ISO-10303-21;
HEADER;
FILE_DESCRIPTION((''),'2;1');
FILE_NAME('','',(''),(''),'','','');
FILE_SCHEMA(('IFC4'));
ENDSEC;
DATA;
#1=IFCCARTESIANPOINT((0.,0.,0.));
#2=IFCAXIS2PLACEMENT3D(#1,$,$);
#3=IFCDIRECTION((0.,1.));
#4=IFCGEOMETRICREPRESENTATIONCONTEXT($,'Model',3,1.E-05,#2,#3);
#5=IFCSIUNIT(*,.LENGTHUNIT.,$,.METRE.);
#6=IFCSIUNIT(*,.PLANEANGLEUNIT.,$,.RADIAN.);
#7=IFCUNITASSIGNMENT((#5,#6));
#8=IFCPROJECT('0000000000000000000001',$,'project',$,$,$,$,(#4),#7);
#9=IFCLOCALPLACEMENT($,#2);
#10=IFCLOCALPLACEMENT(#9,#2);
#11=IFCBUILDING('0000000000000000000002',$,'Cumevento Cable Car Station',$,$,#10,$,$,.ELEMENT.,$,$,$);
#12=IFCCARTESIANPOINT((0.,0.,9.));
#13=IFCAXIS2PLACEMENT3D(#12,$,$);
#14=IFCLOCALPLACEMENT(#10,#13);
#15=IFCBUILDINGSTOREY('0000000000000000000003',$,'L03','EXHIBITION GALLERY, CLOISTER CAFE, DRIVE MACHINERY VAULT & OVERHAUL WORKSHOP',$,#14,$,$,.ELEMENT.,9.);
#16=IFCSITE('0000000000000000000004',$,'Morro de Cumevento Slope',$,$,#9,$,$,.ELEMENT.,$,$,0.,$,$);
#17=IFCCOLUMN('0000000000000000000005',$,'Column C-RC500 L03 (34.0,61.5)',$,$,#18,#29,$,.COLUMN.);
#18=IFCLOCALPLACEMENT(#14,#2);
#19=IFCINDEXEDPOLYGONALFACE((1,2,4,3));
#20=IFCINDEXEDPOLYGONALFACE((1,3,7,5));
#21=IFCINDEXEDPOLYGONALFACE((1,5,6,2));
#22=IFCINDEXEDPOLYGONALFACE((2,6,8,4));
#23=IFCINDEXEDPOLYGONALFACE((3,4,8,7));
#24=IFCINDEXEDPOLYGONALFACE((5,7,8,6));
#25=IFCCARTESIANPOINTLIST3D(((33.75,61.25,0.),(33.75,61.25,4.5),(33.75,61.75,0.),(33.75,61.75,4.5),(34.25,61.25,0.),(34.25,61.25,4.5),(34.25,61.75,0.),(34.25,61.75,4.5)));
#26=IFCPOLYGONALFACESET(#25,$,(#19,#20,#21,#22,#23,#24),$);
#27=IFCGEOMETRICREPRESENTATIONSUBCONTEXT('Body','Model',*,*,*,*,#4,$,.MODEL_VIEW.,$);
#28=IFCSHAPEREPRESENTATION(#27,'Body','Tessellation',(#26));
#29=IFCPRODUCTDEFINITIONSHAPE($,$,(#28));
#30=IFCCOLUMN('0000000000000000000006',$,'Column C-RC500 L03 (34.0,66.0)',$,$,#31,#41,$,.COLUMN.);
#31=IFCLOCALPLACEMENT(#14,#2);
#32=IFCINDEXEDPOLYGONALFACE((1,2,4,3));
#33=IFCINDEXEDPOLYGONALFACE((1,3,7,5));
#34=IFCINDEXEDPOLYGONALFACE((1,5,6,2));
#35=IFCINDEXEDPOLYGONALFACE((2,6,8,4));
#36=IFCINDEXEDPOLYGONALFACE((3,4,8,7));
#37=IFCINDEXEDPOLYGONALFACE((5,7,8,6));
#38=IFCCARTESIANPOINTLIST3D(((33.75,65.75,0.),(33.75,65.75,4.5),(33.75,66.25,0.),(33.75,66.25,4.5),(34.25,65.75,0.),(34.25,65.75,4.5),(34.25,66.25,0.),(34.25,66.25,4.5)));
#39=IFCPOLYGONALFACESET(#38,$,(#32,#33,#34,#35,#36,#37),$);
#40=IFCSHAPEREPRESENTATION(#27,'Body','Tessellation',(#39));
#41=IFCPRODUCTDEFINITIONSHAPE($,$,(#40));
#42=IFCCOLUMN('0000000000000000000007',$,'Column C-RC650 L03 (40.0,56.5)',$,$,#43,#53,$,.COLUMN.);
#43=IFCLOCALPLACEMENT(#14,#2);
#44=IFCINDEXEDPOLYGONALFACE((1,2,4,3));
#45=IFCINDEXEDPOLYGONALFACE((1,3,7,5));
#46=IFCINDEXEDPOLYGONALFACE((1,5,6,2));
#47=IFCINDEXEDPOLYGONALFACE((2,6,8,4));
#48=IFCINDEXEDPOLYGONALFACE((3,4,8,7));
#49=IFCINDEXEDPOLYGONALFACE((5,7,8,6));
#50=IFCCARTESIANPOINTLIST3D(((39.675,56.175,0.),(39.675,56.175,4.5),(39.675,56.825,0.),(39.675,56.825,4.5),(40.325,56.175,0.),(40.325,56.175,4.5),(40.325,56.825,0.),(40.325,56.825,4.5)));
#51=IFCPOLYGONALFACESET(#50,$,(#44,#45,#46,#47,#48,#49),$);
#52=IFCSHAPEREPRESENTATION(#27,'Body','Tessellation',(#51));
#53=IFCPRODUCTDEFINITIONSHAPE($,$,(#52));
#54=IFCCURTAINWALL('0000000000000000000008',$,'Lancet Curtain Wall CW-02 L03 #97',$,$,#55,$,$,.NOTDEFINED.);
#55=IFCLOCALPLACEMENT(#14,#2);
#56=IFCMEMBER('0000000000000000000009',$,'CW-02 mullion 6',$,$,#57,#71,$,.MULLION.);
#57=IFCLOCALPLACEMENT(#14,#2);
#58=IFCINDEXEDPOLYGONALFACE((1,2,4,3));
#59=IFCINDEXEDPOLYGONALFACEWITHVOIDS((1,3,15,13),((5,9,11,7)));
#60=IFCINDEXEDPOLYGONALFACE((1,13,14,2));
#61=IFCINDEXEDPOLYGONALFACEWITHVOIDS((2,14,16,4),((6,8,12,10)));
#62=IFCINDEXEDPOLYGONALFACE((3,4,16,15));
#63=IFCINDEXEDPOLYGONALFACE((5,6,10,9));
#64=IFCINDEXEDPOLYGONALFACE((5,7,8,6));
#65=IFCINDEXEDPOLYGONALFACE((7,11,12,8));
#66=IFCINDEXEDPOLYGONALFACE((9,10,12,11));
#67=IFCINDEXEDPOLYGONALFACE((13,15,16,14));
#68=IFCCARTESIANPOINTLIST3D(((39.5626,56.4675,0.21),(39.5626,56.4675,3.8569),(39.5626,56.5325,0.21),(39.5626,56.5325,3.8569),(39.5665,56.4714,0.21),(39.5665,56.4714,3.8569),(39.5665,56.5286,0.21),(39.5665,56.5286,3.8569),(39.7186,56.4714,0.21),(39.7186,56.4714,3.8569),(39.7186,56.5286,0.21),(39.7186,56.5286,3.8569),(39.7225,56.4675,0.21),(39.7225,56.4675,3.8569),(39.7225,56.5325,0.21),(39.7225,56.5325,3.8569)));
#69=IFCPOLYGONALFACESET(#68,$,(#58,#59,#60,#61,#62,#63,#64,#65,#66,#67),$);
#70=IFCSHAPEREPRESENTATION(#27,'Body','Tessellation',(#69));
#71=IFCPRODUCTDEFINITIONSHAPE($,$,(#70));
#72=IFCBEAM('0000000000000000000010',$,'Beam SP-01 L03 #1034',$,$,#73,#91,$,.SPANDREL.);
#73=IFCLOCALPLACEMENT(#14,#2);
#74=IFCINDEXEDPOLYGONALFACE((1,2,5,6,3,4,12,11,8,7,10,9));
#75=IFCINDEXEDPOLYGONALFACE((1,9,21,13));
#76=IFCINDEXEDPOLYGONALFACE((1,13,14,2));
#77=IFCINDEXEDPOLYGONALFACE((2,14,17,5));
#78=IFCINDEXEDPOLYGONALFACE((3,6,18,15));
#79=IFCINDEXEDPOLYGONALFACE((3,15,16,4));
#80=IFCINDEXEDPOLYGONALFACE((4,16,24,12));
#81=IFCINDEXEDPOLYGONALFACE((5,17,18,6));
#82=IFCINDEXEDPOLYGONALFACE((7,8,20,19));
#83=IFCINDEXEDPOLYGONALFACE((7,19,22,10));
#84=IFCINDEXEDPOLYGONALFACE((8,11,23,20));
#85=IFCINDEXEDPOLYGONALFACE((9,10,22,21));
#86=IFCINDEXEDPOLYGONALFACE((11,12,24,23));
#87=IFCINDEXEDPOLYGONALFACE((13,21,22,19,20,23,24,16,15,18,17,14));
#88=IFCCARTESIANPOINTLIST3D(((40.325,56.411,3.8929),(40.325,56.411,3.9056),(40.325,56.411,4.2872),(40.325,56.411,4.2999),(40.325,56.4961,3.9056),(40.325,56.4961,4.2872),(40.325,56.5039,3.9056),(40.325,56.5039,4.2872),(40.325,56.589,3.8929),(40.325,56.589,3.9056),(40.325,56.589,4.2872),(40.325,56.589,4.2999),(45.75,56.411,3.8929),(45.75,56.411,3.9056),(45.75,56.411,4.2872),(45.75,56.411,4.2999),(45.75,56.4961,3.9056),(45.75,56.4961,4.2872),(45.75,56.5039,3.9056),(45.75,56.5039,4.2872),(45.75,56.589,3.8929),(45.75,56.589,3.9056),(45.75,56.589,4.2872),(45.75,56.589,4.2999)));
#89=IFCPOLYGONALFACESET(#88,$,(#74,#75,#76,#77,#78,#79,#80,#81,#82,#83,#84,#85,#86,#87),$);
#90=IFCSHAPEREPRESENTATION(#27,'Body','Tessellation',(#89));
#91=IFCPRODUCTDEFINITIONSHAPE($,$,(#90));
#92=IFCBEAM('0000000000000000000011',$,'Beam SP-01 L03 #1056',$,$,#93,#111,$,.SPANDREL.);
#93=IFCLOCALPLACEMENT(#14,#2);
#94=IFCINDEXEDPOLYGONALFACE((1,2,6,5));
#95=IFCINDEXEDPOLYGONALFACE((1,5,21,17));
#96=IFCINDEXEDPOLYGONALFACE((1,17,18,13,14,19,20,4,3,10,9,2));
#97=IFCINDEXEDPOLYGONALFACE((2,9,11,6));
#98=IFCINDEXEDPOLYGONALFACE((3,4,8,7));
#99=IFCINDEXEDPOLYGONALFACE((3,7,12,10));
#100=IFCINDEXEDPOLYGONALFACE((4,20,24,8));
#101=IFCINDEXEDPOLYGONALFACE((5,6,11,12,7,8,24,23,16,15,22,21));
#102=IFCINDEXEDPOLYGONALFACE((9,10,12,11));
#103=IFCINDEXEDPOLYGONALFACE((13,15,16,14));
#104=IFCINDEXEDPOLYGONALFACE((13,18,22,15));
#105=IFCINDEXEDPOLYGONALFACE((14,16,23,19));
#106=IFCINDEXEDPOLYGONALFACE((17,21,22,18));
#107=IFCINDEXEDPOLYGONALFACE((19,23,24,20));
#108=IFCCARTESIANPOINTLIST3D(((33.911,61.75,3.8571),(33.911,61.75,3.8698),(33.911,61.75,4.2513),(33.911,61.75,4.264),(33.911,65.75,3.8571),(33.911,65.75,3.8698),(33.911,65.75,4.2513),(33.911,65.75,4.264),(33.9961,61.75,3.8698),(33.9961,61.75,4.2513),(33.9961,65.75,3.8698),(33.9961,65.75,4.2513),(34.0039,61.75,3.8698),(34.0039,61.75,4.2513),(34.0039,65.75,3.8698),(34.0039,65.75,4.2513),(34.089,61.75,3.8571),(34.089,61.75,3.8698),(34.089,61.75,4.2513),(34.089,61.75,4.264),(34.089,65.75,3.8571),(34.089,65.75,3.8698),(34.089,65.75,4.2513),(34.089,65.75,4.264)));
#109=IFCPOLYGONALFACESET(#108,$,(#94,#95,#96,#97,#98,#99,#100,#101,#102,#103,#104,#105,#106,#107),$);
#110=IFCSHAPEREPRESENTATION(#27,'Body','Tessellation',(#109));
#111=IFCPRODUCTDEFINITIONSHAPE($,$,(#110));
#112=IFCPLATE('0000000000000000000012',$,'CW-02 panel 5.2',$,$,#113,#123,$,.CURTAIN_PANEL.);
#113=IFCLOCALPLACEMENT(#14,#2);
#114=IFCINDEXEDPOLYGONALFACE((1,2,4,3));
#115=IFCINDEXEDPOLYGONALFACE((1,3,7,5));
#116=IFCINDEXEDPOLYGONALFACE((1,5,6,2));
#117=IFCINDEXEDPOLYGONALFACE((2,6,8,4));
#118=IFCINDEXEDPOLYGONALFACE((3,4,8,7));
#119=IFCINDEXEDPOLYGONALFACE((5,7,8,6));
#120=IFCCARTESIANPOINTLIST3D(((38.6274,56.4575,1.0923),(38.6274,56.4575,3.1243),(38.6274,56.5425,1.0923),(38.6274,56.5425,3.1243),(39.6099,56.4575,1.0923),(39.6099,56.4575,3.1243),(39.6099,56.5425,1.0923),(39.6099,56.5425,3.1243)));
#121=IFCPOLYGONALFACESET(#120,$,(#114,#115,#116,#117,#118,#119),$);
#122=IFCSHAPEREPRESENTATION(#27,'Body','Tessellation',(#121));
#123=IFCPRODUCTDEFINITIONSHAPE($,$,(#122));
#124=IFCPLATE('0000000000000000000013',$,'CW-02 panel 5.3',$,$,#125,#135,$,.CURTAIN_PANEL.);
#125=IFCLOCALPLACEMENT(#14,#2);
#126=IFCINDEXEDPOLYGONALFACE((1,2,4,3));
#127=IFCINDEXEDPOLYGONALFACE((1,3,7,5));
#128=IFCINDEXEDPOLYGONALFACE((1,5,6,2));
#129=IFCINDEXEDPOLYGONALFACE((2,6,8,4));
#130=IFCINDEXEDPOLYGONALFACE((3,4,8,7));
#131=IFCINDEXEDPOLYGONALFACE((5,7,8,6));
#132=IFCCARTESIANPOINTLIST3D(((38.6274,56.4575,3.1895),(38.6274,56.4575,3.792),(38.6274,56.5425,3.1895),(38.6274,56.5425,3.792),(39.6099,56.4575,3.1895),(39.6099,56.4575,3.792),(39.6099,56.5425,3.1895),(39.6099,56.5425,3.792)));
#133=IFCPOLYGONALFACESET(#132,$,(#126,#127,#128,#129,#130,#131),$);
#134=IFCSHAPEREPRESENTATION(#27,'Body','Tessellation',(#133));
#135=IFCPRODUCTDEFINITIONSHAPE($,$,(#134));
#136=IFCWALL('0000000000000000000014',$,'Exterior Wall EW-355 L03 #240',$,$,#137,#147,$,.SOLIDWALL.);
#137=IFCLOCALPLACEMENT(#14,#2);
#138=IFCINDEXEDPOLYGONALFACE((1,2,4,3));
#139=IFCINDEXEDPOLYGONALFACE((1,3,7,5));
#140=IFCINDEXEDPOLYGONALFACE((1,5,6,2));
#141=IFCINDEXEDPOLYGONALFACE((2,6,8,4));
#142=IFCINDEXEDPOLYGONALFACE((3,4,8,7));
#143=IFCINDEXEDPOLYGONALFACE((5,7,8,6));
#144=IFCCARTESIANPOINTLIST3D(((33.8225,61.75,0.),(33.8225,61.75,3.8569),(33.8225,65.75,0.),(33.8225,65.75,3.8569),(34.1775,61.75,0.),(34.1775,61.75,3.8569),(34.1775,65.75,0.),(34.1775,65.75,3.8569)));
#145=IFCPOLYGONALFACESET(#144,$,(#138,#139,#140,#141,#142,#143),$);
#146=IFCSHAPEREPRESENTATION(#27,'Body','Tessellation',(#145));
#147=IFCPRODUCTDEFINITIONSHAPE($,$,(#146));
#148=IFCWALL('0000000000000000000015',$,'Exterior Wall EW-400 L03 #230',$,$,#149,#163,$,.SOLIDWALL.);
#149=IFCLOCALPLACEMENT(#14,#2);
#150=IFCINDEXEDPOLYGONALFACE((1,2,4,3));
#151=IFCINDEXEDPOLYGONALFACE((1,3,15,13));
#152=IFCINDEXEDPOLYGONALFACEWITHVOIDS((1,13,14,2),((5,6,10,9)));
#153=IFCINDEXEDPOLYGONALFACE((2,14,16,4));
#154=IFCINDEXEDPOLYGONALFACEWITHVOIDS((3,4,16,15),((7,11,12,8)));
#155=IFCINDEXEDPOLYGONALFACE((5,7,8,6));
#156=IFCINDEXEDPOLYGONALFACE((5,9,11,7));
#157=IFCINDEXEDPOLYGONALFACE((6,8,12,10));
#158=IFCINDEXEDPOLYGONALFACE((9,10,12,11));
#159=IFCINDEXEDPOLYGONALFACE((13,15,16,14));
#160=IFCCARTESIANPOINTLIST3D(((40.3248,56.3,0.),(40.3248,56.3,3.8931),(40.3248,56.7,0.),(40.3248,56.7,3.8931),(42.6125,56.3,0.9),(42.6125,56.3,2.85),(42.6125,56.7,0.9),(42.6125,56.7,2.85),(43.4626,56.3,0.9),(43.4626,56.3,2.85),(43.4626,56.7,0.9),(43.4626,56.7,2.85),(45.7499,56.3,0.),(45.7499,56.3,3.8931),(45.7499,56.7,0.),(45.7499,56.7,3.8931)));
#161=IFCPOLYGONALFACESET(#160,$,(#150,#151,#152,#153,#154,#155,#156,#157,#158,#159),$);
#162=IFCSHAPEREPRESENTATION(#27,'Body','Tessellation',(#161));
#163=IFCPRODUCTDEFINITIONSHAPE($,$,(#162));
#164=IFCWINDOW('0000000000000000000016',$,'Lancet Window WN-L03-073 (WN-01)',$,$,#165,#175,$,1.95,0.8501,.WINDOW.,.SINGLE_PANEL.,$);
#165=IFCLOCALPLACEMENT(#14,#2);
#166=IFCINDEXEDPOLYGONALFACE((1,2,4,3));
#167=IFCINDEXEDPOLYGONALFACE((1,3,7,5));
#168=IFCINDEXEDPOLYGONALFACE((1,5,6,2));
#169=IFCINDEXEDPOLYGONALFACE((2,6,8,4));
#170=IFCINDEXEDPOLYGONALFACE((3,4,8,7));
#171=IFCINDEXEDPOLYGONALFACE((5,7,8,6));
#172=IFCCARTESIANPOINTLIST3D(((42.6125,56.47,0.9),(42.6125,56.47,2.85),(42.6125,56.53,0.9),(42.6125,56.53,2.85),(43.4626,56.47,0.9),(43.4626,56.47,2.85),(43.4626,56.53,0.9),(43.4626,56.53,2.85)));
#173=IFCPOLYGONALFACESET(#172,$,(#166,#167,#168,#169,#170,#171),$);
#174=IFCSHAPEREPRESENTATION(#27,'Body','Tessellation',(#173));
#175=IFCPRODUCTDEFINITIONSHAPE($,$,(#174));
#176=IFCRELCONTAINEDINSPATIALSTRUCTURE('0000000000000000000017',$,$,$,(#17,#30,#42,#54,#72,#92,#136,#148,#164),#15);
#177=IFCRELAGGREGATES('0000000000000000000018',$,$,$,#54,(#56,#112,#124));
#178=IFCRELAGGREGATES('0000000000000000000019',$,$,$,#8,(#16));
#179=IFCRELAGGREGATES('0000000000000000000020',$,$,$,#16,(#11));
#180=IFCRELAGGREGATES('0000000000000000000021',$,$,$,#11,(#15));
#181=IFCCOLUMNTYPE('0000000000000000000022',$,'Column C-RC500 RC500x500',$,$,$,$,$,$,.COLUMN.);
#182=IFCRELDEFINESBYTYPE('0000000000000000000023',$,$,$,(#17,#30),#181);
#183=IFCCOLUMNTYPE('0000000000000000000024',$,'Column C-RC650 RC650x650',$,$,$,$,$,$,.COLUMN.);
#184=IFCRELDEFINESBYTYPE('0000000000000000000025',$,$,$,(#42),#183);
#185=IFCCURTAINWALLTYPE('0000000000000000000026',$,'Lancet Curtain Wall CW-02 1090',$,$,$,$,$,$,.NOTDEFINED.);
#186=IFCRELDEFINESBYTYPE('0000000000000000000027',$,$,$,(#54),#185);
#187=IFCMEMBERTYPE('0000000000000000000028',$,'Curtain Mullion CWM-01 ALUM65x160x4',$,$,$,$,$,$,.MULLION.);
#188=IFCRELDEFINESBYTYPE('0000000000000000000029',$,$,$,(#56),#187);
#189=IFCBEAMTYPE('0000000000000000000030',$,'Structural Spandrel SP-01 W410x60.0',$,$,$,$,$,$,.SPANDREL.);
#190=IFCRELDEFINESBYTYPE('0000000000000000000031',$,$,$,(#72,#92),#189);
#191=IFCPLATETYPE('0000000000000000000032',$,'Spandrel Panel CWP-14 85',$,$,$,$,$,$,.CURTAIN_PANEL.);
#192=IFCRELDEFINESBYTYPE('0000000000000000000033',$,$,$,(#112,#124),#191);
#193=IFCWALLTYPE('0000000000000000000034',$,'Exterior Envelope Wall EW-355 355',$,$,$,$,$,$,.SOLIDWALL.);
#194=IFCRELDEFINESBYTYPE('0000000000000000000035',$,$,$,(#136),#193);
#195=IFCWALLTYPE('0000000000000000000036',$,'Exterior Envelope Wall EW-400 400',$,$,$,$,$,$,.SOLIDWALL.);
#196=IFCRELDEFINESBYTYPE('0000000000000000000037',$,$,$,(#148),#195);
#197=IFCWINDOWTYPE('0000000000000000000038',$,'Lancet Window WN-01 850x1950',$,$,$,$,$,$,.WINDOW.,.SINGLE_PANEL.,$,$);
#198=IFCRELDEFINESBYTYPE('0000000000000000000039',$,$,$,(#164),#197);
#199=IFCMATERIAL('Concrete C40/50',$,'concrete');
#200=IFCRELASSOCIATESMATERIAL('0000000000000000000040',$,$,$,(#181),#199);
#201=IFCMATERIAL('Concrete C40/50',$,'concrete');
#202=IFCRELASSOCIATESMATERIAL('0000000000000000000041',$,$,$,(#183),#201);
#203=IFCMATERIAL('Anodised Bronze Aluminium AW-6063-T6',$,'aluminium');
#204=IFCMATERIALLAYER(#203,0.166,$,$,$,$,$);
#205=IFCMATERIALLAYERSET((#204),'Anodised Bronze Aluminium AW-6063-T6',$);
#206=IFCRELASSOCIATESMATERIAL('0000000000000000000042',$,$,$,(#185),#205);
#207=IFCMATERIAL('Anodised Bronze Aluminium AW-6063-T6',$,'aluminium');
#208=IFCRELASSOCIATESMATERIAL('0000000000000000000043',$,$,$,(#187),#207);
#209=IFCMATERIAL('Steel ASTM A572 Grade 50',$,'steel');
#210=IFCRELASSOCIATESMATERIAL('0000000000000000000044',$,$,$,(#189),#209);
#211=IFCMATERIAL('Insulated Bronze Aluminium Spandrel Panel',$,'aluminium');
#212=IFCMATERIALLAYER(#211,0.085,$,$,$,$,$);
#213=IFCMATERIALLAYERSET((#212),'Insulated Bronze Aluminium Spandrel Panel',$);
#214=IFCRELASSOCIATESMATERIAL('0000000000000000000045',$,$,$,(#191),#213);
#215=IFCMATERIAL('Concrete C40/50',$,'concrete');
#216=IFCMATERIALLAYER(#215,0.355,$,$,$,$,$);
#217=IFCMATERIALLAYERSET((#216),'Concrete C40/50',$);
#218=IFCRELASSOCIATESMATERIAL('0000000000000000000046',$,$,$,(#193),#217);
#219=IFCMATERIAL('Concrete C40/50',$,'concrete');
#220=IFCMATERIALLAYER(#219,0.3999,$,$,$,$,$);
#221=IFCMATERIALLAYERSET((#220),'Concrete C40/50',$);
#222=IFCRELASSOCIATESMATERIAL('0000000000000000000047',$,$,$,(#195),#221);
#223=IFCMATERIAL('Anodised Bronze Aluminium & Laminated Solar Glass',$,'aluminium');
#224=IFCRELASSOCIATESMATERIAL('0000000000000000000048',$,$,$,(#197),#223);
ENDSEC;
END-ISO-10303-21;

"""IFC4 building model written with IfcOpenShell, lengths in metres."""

from ifc_helpers import new_model, si_unit, direction, frame, frame_2d, origin, origin_2d, place, context, subcontext, project, spatial, rectangle, hollow_rectangle, i_section, extrude, material, layer, layer_set, material_profile, profile_set, type_object, element, fill, aggregate, save


model = new_model("IFC4")

# Units and contexts
model_context = context("Model", 3, precision=1e-05, world=origin(), true_north=direction((0.0, 1.0)))
body_context = subcontext(model_context, "Body", "Model", "MODEL_VIEW")
ifc_project = project(units=[si_unit("LENGTHUNIT", "METRE"), si_unit("PLANEANGLEUNIT", "RADIAN")], contexts=[model_context])

# Site, building, storey
site_placement = place(None, origin())
site = spatial("IfcSite", under=ifc_project, at=site_placement, Name="Morro de Cumevento Slope", CompositionType="ELEMENT", RefElevation=0.0)
building_placement = place(site_placement, origin())
building = spatial("IfcBuilding", under=site, at=building_placement, Name="Cumevento Cable Car Station", CompositionType="ELEMENT")
storey_placement = place(building_placement, frame((0.0, 0.0, 9.0)))
storey = spatial("IfcBuildingStorey", under=building, at=storey_placement, Name="L03", Description="EXHIBITION GALLERY, CLOISTER CAFE, DRIVE MACHINERY VAULT & OVERHAUL WORKSHOP", CompositionType="ELEMENT", Elevation=9.0)

# Columns
ifc_material_1 = material(Name="Concrete C40/50", Category="concrete")
ifc_material_profile_1 = material_profile(ifc_material_1, rectangle(XDim=0.5, YDim=0.5, at=origin_2d()), Name="RC500x500")
ifc_profile_set_1 = profile_set([ifc_material_profile_1], Name="Concrete C40/50")
column_type_1 = type_object("IfcColumnType", Name="Column C-RC500 RC500x500", PredefinedType="COLUMN", material=ifc_profile_set_1)
for number, where, z_axis, x_axis, name in (
    (1, (34.0, 61.5, 0.0), (0.0, 0.0, 1.0), (1.0, 0.0, 0.0), "Column C-RC500 L03 (34.0,61.5)"),
    (2, (34.0, 66.0, 0.0), (0.0, 0.0, 1.0), (1.0, 0.0, 0.0), "Column C-RC500 L03 (34.0,66.0)"),
):
    element("IfcColumn", number, at=place(storey_placement, frame(where, z_axis=z_axis, x_axis=x_axis)), inside=storey, type_object=column_type_1, Name=name, PredefinedType="COLUMN", context=body_context, shape_type="SweptSolid", body=[
        extrude(rectangle(XDim=0.5, YDim=0.5, at=origin_2d()), origin(), (0.0, 0.0, 1.0), 4.5),
    ])
ifc_material_2 = material(Name="Concrete C40/50", Category="concrete")
ifc_material_profile_2 = material_profile(ifc_material_2, rectangle(XDim=0.6499, YDim=0.6499, at=origin_2d()), Name="RC650x650")
ifc_profile_set_2 = profile_set([ifc_material_profile_2], Name="Concrete C40/50")
column_type_2 = type_object("IfcColumnType", Name="Column C-RC650 RC650x650", PredefinedType="COLUMN", material=ifc_profile_set_2)
column_placement = place(storey_placement, frame((40.0, 56.5, 0.0), z_axis=(0.0, 0.0, 1.0), x_axis=(1.0, 0.0, 0.0)))
element("IfcColumn", 3, at=column_placement, inside=storey, type_object=column_type_2, Name="Column C-RC650 L03 (40.0,56.5)", PredefinedType="COLUMN", context=body_context, shape_type="SweptSolid", body=[
    extrude(rectangle(XDim=0.6499, YDim=0.6499, at=origin_2d()), origin(), (0.0, 0.0, 1.0), 4.5),
])

# Curtain wall, member
ifc_material_3 = material(Name="Anodised Bronze Aluminium AW-6063-T6", Category="aluminium")
ifc_layer_1 = layer(ifc_material_3, 0.166)
ifc_layer_set_1 = layer_set([ifc_layer_1], Name="Anodised Bronze Aluminium AW-6063-T6")
curtain_wall_type = type_object("IfcCurtainWallType", Name="Lancet Curtain Wall CW-02 1090", PredefinedType="NOTDEFINED", material=ifc_layer_set_1)
curtain_wall_placement = place(storey_placement, origin())
curtain_wall = element("IfcCurtainWall", 4, at=curtain_wall_placement, inside=storey, type_object=curtain_wall_type, Name="Lancet Curtain Wall CW-02 L03 #97", PredefinedType="NOTDEFINED")
ifc_material_4 = material(Name="Anodised Bronze Aluminium AW-6063-T6", Category="aluminium")
ifc_material_profile_3 = material_profile(ifc_material_4, hollow_rectangle(XDim=0.0649, YDim=0.1599, WallThickness=0.0039, at=origin_2d()), Name="ALUM65x160x4")
ifc_profile_set_3 = profile_set([ifc_material_profile_3], Name="Anodised Bronze Aluminium AW-6063-T6")
member_type = type_object("IfcMemberType", Name="Curtain Mullion CWM-01 ALUM65x160x4", PredefinedType="MULLION", material=ifc_profile_set_3)
member_placement = place(storey_placement, frame((39.6426, 56.5, 0.21), z_axis=(0.0, 0.0, 1.0), x_axis=(0.0, 1.0, 0.0)))
member = element("IfcMember", 5, at=member_placement, type_object=member_type, Name="CW-02 mullion 6", PredefinedType="MULLION", context=body_context, shape_type="SweptSolid", body=[
    extrude(hollow_rectangle(XDim=0.0649, YDim=0.1599, WallThickness=0.0039, at=origin_2d()), origin(), (0.0, 0.0, 1.0), 3.647),
])

# Beams
ifc_material_5 = material(Name="Steel ASTM A572 Grade 50", Category="steel")
ifc_material_profile_4 = material_profile(ifc_material_5, i_section(OverallWidth=0.178, OverallDepth=0.407, WebThickness=0.0078, FlangeThickness=0.0127, at=origin_2d()), Name="W410x60.0")
ifc_profile_set_4 = profile_set([ifc_material_profile_4], Name="Steel ASTM A572 Grade 50")
beam_type = type_object("IfcBeamType", Name="Structural Spandrel SP-01 W410x60.0", PredefinedType="SPANDREL", material=ifc_profile_set_4)
beam_1_placement = place(storey_placement, frame((40.325, 56.5, 4.0964), z_axis=(1.0, 0.0, 0.0), x_axis=(0.0, 1.0, 0.0)))
element("IfcBeam", 6, at=beam_1_placement, inside=storey, type_object=beam_type, Name="Beam SP-01 L03 #1034", PredefinedType="SPANDREL", context=body_context, shape_type="SweptSolid", body=[
    extrude(i_section(OverallWidth=0.178, OverallDepth=0.407, WebThickness=0.0078, FlangeThickness=0.0127, at=origin_2d()), origin(), (0.0, 0.0, 1.0), 5.425),
])
beam_2_placement = place(storey_placement, frame((34.0, 61.75, 4.0605), z_axis=(0.0, 1.0, 0.0), x_axis=(-1.0, 0.0, 0.0)))
element("IfcBeam", 7, at=beam_2_placement, inside=storey, type_object=beam_type, Name="Beam SP-01 L03 #1056", PredefinedType="SPANDREL", context=body_context, shape_type="SweptSolid", body=[
    extrude(i_section(OverallWidth=0.178, OverallDepth=0.407, WebThickness=0.0078, FlangeThickness=0.0127, at=origin_2d()), origin(), (0.0, 0.0, 1.0), 4.0),
])

# Plates
ifc_material_6 = material(Name="Insulated Bronze Aluminium Spandrel Panel", Category="aluminium")
ifc_layer_2 = layer(ifc_material_6, 0.085)
ifc_layer_set_2 = layer_set([ifc_layer_2], Name="Insulated Bronze Aluminium Spandrel Panel")
plate_type = type_object("IfcPlateType", Name="Spandrel Panel CWP-14 85", PredefinedType="CURTAIN_PANEL", material=ifc_layer_set_2)
plate_1_placement = place(storey_placement, frame((39.1187, 56.5, 1.0923), z_axis=(0.0, 0.0, 1.0), x_axis=(1.0, 0.0, 0.0)))
plate_1 = element("IfcPlate", 8, at=plate_1_placement, type_object=plate_type, Name="CW-02 panel 5.2", PredefinedType="CURTAIN_PANEL", context=body_context, shape_type="SweptSolid", body=[
    extrude(rectangle(XDim=0.9824, YDim=0.085, at=origin_2d()), origin(), (0.0, 0.0, 1.0), 2.032),
])
plate_2_placement = place(storey_placement, frame((39.1187, 56.5, 3.1895), z_axis=(0.0, 0.0, 1.0), x_axis=(1.0, 0.0, 0.0)))
plate_2 = element("IfcPlate", 9, at=plate_2_placement, type_object=plate_type, Name="CW-02 panel 5.3", PredefinedType="CURTAIN_PANEL", context=body_context, shape_type="SweptSolid", body=[
    extrude(rectangle(XDim=0.9824, YDim=0.085, at=origin_2d()), origin(), (0.0, 0.0, 1.0), 0.6025),
])
aggregate(curtain_wall, [member, plate_1, plate_2])

# Wall
ifc_material_7 = material(Name="Concrete C40/50", Category="concrete")
ifc_layer_3 = layer(ifc_material_7, 0.355)
ifc_layer_set_3 = layer_set([ifc_layer_3], Name="Concrete C40/50")
wall_type_1 = type_object("IfcWallType", Name="Exterior Envelope Wall EW-355 355", PredefinedType="SOLIDWALL", material=ifc_layer_set_3)
wall_1_placement = place(storey_placement, frame((34.0, 65.75, 0.0), z_axis=(0.0, 0.0, 1.0), x_axis=(0.0, -1.0, 0.0)))
element("IfcWall", 10, at=wall_1_placement, inside=storey, type_object=wall_type_1, Name="Exterior Wall EW-355 L03 #240", PredefinedType="SOLIDWALL", context=body_context, shape_type="SweptSolid", body=[
    extrude(rectangle(XDim=4.0, YDim=0.355, at=frame_2d((2.0, 0.0))), origin(), (0.0, 0.0, 1.0), 3.8569),
])

# Wall, opening, window
ifc_material_8 = material(Name="Concrete C40/50", Category="concrete")
ifc_layer_4 = layer(ifc_material_8, 0.3999)
ifc_layer_set_4 = layer_set([ifc_layer_4], Name="Concrete C40/50")
wall_type_2 = type_object("IfcWallType", Name="Exterior Envelope Wall EW-400 400", PredefinedType="SOLIDWALL", material=ifc_layer_set_4)
wall_2_placement = place(storey_placement, frame((40.325, 56.5, 0.0), z_axis=(0.0, 0.0, 1.0), x_axis=(1.0, 0.0, 0.0)))
wall_2 = element("IfcWall", 11, at=wall_2_placement, inside=storey, type_object=wall_type_2, Name="Exterior Wall EW-400 L03 #230", PredefinedType="SOLIDWALL", context=body_context, shape_type="SweptSolid", body=[
    extrude(rectangle(XDim=5.425, YDim=0.3999, at=frame_2d((2.7124, 0.0))), origin(), (0.0, 0.0, 1.0), 3.8931),
])
opening_placement = place(wall_2_placement, frame((2.2876, 0.0, 0.8999)))
opening = element("IfcOpeningElement", 12, at=opening_placement, cuts=wall_2, PredefinedType="OPENING", context=body_context, shape_type="SweptSolid", body=[
    extrude(rectangle(XDim=0.8501, YDim=1.95, at=frame_2d((0.425, 0.9751))), frame((0.0, 0.21, 0.0), z_axis=(0.0, -1.0, 0.0), x_axis=(1.0, 0.0, 0.0)), (0.0, 0.0, 1.0), 0.4199),
])
ifc_material_9 = material(Name="Anodised Bronze Aluminium & Laminated Solar Glass", Category="aluminium")
window_type = type_object("IfcWindowType", Name="Lancet Window WN-01 850x1950", PartitioningType="SINGLE_PANEL", PredefinedType="WINDOW", material=ifc_material_9)
window_placement = place(opening_placement, origin())
window = element("IfcWindow", 13, at=window_placement, inside=storey, type_object=window_type, Name="Lancet Window WN-L03-073 (WN-01)", OverallHeight=1.95, OverallWidth=0.8501, PartitioningType="SINGLE_PANEL", PredefinedType="WINDOW", context=body_context, shape_type="SweptSolid", body=[
    extrude(rectangle(XDim=0.8501, YDim=1.95, at=frame_2d((0.425, 0.9751))), frame((0.0, 0.03, 0.0), z_axis=(0.0, -1.0, 0.0), x_axis=(1.0, 0.0, 0.0)), (0.0, 0.0, 1.0), 0.0601),
])
fill(opening, window)

save(model, "model.ifc")
